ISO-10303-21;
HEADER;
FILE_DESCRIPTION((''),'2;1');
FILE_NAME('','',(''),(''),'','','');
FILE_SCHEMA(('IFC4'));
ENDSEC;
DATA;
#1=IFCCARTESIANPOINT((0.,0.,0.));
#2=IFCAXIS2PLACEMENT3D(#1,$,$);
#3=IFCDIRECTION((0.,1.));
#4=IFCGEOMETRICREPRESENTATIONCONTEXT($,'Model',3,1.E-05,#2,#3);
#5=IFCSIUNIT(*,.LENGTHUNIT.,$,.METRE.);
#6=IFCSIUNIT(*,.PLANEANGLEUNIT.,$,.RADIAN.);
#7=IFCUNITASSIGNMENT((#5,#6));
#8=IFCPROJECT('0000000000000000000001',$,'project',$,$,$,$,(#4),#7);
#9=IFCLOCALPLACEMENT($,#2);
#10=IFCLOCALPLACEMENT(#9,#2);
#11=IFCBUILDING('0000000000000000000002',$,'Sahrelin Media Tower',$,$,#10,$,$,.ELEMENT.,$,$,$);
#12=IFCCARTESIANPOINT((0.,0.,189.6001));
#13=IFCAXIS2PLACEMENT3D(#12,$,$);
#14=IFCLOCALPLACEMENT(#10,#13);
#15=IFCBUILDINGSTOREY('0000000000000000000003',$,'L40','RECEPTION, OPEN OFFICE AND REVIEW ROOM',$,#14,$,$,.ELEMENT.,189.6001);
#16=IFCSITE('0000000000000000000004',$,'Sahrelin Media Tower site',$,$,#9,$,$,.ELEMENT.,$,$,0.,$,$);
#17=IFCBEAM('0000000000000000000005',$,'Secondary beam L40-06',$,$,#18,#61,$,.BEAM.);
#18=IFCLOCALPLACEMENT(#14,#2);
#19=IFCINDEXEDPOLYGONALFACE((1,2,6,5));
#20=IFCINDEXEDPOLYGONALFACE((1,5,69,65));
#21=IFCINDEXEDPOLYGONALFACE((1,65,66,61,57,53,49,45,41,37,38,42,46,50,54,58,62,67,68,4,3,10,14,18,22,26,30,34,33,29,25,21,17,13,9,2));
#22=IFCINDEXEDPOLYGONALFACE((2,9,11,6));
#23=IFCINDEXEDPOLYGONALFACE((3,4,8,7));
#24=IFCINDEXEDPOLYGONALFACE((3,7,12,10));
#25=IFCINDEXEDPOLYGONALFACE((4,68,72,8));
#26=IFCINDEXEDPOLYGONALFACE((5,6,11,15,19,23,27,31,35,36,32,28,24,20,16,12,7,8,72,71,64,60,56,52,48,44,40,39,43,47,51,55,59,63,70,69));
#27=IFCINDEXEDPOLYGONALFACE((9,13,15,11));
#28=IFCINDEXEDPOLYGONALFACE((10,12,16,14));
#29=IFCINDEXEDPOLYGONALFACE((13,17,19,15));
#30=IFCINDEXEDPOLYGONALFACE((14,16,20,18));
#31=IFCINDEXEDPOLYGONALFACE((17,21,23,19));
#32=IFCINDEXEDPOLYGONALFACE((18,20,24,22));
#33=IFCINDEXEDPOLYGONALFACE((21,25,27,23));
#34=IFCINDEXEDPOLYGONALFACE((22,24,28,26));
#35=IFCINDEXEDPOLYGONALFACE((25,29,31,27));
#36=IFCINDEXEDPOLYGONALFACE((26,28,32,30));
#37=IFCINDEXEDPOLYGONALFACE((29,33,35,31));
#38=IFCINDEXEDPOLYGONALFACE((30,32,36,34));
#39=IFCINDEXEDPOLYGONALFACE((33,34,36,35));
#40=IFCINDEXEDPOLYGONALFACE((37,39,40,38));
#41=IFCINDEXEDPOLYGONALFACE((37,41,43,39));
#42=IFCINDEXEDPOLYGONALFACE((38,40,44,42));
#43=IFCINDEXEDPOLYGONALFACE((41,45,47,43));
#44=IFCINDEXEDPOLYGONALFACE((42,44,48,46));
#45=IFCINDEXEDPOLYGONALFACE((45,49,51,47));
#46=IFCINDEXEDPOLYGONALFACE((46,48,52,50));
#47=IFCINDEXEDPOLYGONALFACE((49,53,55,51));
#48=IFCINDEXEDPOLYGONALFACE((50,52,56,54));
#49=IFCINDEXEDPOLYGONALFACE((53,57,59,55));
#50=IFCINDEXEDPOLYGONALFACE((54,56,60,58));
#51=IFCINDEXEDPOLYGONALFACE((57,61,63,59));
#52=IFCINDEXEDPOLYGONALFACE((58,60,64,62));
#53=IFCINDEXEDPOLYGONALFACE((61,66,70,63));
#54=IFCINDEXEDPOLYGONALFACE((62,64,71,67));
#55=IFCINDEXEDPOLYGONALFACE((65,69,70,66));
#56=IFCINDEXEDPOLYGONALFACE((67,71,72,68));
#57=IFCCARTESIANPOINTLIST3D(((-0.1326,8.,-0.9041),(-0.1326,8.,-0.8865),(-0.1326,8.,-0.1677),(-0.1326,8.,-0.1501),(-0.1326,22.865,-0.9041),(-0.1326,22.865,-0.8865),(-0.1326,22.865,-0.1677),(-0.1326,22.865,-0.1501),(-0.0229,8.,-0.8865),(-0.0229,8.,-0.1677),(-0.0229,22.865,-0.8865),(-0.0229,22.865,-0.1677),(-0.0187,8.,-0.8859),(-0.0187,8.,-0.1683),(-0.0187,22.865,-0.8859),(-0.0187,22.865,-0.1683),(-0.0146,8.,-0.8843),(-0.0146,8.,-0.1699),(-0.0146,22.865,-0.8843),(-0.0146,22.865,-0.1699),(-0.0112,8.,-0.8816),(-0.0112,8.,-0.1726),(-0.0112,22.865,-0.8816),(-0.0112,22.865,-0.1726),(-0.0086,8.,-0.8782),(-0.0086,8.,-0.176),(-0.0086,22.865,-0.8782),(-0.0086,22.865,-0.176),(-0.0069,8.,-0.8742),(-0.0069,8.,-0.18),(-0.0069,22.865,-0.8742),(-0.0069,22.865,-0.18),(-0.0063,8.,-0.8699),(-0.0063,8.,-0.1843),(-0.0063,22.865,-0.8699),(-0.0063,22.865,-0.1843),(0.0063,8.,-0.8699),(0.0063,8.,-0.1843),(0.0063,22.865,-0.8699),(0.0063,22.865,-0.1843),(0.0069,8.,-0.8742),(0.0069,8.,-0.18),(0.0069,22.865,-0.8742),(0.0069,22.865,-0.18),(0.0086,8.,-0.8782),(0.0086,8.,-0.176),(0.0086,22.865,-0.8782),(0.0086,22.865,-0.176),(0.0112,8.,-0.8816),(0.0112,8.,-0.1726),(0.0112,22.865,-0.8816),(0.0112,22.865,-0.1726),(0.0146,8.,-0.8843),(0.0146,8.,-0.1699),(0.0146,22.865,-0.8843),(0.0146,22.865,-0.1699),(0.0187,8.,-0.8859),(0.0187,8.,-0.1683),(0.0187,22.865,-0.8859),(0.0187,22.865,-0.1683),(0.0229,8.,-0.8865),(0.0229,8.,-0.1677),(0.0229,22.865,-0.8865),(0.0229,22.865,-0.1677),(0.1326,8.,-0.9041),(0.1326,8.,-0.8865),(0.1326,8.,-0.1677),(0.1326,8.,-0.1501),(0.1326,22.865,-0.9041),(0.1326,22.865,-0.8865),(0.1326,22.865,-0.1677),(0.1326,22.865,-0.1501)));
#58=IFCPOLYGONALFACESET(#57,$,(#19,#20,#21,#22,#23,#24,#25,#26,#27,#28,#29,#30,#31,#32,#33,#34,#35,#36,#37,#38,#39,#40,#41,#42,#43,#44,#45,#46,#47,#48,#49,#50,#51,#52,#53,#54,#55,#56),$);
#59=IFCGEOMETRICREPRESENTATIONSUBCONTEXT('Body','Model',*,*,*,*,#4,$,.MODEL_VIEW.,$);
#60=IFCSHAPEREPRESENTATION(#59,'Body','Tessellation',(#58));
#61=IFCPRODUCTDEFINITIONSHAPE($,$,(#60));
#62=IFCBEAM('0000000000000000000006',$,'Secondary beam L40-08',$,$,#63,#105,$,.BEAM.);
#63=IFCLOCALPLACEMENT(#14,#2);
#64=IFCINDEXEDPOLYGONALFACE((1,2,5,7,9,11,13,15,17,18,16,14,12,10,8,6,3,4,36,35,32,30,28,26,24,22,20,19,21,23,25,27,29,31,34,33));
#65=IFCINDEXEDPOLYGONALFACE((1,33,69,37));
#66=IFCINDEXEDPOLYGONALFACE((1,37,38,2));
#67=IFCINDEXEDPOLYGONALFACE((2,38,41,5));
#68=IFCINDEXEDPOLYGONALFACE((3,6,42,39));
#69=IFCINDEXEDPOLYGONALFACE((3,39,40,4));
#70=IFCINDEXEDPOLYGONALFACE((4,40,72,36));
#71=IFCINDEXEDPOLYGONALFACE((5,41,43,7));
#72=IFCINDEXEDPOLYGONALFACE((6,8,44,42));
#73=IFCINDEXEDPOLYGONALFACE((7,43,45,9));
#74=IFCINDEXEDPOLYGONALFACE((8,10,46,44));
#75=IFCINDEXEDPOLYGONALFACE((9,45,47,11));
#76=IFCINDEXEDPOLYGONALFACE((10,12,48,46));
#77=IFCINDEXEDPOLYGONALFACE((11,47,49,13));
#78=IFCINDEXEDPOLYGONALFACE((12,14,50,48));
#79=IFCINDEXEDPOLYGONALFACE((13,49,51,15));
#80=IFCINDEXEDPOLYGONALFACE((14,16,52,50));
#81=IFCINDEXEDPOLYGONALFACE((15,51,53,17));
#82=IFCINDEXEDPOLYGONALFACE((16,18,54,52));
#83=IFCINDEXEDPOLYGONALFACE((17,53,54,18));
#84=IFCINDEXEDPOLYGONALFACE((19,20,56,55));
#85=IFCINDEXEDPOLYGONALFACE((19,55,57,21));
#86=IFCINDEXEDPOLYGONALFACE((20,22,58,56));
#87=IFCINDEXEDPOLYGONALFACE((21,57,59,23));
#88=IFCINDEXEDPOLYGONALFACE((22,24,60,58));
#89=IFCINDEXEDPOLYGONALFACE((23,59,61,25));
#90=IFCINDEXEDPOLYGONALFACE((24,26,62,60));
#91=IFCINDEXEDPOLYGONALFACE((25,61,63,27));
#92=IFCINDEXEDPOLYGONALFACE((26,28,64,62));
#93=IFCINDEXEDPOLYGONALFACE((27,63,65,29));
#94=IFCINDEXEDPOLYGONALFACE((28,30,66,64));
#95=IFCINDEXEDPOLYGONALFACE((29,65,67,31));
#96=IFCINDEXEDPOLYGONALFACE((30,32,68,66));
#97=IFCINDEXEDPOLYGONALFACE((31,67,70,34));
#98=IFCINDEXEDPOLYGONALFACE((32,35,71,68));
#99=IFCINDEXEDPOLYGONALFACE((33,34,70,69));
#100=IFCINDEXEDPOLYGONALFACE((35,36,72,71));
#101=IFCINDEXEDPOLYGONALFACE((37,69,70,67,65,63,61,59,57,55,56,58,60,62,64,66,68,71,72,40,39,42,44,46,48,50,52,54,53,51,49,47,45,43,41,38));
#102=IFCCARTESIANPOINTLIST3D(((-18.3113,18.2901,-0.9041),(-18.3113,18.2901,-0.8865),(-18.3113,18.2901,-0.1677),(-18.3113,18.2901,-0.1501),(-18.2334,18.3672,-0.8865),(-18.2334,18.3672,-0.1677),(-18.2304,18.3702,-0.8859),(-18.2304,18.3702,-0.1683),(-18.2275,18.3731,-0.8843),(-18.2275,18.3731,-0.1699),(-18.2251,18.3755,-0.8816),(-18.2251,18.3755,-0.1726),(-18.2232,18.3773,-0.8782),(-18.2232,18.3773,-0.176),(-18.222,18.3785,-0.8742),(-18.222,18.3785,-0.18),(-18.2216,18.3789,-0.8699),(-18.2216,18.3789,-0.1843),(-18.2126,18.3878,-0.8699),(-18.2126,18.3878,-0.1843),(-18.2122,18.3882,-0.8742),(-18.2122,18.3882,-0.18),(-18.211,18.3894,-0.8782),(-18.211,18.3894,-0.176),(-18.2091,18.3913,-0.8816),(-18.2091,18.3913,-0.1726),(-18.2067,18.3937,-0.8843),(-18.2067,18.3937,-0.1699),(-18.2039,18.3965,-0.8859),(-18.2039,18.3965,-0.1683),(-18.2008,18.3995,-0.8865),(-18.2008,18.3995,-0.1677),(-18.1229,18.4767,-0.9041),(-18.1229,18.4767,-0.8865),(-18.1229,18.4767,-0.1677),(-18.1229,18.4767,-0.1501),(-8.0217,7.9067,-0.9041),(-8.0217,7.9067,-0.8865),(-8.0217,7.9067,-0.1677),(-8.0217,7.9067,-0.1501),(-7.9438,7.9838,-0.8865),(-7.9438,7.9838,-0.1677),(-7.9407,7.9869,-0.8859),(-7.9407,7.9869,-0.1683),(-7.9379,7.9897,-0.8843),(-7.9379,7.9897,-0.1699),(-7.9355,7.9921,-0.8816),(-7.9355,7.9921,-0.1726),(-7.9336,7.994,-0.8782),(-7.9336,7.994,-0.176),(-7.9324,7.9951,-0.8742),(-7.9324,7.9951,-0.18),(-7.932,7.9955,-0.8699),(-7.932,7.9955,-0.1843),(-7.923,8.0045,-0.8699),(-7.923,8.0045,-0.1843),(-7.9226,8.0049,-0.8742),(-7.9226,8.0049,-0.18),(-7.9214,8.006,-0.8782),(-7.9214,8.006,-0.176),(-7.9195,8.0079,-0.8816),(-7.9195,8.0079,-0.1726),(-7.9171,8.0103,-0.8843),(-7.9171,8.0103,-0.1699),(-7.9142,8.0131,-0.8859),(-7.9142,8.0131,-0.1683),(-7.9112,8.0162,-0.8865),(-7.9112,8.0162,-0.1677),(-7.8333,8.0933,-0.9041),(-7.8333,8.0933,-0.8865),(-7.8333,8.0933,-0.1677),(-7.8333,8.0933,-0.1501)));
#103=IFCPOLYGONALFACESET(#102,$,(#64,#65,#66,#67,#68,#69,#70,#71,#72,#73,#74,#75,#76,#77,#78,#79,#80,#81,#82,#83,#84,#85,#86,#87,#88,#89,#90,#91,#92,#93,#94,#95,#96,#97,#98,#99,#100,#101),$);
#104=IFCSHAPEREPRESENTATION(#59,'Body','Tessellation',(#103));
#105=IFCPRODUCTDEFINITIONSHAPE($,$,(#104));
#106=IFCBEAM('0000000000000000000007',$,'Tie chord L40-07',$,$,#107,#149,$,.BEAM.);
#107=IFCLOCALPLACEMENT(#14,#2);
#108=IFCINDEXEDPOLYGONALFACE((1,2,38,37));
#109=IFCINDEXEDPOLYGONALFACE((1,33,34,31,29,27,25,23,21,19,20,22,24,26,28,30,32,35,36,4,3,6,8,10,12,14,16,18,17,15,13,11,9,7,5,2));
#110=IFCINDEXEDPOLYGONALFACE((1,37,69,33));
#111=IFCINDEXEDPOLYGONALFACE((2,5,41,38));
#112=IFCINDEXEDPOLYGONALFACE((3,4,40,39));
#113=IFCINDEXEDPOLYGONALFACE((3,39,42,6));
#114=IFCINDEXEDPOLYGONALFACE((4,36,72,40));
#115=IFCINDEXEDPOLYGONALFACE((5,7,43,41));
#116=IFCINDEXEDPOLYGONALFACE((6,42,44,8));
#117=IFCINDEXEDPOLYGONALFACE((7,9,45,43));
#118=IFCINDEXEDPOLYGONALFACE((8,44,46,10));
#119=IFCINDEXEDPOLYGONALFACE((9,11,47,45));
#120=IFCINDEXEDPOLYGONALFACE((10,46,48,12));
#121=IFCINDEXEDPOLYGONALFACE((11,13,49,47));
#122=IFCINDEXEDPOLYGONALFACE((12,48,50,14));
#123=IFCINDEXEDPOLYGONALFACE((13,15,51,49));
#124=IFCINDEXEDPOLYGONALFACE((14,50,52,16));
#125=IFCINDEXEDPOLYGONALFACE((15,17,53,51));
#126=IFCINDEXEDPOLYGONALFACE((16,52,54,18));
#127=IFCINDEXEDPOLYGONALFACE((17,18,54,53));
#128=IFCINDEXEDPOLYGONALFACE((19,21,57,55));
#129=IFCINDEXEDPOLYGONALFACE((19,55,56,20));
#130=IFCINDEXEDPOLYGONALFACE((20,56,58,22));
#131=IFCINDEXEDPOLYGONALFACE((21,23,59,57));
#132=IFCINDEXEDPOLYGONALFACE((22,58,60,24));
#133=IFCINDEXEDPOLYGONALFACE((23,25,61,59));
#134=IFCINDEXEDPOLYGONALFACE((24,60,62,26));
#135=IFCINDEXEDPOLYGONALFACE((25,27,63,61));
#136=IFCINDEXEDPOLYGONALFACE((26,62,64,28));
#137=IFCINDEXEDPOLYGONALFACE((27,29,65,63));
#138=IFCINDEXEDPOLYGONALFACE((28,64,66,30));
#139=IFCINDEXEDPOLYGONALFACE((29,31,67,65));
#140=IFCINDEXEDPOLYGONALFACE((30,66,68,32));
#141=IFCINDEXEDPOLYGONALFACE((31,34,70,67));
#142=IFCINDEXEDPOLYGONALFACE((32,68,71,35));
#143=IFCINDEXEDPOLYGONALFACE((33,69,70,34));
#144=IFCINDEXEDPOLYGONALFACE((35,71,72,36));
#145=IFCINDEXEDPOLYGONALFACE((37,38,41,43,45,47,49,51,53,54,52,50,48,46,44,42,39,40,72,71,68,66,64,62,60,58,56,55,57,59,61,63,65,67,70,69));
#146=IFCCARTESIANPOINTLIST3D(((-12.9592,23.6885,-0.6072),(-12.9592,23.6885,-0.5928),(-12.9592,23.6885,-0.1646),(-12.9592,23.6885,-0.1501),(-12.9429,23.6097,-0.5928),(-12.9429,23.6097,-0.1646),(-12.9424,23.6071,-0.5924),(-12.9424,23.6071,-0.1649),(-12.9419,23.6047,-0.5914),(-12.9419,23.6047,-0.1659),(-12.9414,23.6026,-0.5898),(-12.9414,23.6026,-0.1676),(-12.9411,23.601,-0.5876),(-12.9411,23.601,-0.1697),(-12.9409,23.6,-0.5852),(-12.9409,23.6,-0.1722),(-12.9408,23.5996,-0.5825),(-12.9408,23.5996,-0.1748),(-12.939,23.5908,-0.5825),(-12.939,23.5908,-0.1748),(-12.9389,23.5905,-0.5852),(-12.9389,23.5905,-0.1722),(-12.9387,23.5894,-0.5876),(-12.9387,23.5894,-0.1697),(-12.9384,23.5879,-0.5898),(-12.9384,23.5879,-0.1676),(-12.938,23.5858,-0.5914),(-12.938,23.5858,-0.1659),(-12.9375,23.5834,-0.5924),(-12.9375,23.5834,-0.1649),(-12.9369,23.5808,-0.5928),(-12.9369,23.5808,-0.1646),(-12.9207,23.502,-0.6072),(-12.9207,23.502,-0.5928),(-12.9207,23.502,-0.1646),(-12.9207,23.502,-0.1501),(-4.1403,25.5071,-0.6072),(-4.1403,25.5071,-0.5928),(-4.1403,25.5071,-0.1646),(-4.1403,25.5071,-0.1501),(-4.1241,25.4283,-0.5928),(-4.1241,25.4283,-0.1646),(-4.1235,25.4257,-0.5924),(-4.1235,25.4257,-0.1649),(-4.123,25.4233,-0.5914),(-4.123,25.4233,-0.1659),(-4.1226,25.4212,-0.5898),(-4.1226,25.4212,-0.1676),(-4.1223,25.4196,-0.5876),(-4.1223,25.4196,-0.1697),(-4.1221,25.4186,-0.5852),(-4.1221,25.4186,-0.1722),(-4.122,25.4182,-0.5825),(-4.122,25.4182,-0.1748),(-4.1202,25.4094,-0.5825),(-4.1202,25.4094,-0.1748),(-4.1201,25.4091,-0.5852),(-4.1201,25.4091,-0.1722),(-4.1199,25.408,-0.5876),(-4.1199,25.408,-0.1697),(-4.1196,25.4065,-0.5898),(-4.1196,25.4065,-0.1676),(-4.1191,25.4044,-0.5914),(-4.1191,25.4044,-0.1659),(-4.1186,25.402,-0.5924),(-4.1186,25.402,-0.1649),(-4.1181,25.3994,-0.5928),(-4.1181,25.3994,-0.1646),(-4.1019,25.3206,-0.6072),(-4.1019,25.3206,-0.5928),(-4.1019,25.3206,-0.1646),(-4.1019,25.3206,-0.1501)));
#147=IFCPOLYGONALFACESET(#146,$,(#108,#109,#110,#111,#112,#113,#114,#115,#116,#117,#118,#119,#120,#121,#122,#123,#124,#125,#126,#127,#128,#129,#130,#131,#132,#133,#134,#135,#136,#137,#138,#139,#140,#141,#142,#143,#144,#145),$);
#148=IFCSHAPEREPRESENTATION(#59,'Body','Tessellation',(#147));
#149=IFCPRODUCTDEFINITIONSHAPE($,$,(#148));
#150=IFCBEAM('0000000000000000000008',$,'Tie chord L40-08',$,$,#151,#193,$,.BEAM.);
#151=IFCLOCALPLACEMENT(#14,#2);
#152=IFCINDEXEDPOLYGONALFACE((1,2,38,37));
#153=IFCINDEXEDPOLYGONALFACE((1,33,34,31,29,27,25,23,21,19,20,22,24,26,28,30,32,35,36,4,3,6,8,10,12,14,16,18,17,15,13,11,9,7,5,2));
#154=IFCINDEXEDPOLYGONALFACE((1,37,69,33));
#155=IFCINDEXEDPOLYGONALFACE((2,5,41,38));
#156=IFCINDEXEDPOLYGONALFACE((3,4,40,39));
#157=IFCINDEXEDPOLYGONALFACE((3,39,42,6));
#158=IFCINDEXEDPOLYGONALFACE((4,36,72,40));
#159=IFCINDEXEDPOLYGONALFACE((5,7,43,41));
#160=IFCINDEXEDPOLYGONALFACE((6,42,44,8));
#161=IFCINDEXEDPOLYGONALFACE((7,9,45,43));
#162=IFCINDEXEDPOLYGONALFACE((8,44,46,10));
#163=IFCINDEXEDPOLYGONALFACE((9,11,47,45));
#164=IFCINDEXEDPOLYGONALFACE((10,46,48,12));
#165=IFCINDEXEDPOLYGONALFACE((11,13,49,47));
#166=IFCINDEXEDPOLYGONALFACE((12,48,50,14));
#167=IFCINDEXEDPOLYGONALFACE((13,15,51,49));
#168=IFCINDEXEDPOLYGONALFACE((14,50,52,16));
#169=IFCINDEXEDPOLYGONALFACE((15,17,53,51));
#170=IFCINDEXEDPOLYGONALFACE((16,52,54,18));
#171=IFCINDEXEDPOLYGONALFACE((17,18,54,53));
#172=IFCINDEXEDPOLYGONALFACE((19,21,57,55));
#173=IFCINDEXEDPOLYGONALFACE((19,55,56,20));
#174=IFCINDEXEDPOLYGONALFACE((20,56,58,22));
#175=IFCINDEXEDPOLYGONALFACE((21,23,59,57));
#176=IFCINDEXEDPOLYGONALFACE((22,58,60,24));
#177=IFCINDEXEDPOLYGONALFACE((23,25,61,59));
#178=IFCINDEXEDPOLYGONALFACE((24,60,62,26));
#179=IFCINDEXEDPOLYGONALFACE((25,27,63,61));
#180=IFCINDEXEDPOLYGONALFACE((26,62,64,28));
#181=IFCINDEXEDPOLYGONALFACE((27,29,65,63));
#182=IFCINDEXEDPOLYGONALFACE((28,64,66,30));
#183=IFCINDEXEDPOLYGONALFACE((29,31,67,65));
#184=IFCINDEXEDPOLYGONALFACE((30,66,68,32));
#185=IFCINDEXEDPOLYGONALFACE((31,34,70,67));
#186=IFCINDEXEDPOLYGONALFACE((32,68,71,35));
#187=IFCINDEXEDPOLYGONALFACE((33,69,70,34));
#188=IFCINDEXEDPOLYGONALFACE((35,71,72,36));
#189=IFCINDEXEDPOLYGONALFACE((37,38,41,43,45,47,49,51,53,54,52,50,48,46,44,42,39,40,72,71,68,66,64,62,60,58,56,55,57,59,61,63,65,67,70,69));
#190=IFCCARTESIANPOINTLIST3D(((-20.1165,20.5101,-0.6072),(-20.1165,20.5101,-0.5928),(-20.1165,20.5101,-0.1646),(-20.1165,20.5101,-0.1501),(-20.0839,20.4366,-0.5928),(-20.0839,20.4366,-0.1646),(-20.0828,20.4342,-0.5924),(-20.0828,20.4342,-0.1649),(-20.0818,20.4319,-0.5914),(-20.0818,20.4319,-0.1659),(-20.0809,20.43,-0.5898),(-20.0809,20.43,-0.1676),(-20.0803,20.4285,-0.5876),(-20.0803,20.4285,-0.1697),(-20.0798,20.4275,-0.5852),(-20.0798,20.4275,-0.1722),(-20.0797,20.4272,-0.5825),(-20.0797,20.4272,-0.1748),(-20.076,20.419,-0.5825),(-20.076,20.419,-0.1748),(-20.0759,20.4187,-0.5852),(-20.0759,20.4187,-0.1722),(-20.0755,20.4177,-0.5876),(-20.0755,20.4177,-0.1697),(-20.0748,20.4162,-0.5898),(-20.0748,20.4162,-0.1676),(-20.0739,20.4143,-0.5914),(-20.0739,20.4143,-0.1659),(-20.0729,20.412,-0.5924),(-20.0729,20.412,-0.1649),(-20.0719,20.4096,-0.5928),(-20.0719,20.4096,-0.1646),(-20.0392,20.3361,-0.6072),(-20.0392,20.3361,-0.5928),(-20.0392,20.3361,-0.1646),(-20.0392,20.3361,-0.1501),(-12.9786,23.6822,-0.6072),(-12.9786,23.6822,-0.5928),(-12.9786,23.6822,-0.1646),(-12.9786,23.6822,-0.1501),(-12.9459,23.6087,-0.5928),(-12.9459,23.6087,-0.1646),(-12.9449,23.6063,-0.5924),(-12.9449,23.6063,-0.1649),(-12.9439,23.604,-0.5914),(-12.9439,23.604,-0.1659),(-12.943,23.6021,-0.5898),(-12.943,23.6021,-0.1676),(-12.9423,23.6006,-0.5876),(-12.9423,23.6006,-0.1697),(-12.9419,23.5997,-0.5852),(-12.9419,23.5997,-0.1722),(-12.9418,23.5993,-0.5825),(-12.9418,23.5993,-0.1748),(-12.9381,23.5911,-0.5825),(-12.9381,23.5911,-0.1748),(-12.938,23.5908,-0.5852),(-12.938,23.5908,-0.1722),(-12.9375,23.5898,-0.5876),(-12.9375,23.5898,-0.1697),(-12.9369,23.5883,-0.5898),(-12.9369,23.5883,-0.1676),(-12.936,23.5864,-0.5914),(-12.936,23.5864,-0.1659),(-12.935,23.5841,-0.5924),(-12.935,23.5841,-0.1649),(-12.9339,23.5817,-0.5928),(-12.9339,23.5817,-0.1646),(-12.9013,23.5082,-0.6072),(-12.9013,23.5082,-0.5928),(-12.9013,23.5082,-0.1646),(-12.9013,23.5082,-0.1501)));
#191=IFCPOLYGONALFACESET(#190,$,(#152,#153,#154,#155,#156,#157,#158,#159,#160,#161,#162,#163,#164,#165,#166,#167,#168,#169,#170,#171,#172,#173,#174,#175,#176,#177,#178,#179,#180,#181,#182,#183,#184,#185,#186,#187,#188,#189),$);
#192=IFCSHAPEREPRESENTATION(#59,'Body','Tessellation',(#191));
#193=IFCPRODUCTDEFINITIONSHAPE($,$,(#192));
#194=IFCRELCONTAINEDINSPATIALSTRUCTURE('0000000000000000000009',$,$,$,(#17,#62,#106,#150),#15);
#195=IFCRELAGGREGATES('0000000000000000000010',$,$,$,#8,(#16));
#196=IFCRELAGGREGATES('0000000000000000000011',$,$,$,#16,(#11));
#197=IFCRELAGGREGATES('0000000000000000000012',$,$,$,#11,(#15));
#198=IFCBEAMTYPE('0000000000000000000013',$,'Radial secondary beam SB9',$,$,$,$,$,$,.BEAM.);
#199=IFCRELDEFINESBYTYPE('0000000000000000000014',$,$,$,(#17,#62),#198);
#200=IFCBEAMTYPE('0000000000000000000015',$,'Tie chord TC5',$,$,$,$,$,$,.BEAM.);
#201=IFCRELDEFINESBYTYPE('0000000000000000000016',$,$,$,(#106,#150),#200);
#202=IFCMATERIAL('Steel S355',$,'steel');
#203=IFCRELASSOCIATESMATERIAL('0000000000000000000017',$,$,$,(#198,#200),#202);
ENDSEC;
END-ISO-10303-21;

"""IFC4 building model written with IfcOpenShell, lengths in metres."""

from ifc_helpers import new_model, si_unit, direction, frame, origin, origin_2d, place, context, subcontext, project, spatial, i_section, extrude, material, material_profile, profile_set, type_object, element, save


model = new_model("IFC4")

# Units and contexts
model_context = context("Model", 3, precision=1e-05, world=origin(), true_north=direction((0.0, 1.0)))
body_context = subcontext(model_context, "Body", "Model", "MODEL_VIEW")
ifc_project = project(units=[si_unit("LENGTHUNIT", "METRE"), si_unit("PLANEANGLEUNIT", "RADIAN")], contexts=[model_context])

# Site, building, storey
site_placement = place(None, origin())
site = spatial("IfcSite", under=ifc_project, at=site_placement, Name="Sahrelin Media Tower site", CompositionType="ELEMENT", RefElevation=0.0)
building_placement = place(site_placement, origin())
building = spatial("IfcBuilding", under=site, at=building_placement, Name="Sahrelin Media Tower", CompositionType="ELEMENT")
storey_placement = place(building_placement, frame((0.0, 0.0, 189.6001)))
storey = spatial("IfcBuildingStorey", under=building, at=storey_placement, Name="L40", Description="RECEPTION, OPEN OFFICE AND REVIEW ROOM", CompositionType="ELEMENT", Elevation=189.6001)

# Shared definitions
ifc_material_1 = material(Name="Steel S355", Category="steel")

# Beams
ifc_material_profile_1 = material_profile(ifc_material_1, i_section(OverallWidth=0.2651, OverallDepth=0.7539, WebThickness=0.0127, FlangeThickness=0.0176, FilletRadius=0.0166, at=origin_2d()), Name="UB 762x267x147")
ifc_profile_set_1 = profile_set([ifc_material_profile_1], Name="Steel S355")
beam_type_1 = type_object("IfcBeamType", Name="Radial secondary beam SB9", PredefinedType="BEAM", material=ifc_profile_set_1)
beam_1_placement = place(storey_placement, frame((0.0, 8.0, -0.5271), z_axis=(0.0, 1.0, 0.0), x_axis=(-1.0, 0.0, 0.0)))
element("IfcBeam", 1, at=beam_1_placement, inside=storey, type_object=beam_type_1, Name="Secondary beam L40-06", PredefinedType="BEAM", context=body_context, shape_type="SweptSolid", body=[
    extrude(i_section(OverallWidth=0.2651, OverallDepth=0.7539, WebThickness=0.0127, FlangeThickness=0.0176, FilletRadius=0.0166, at=origin_2d()), origin(), (0.0, 0.0, 1.0), 14.865),
])
beam_2_placement = place(storey_placement, frame((-7.9275, 8.0, -0.5271), z_axis=(-0.703893, 0.710306, 0.0), x_axis=(-0.710306, -0.703893, 0.0)))
element("IfcBeam", 2, at=beam_2_placement, inside=storey, type_object=beam_type_1, Name="Secondary beam L40-08", PredefinedType="BEAM", context=body_context, shape_type="SweptSolid", body=[
    extrude(i_section(OverallWidth=0.2651, OverallDepth=0.7539, WebThickness=0.0127, FlangeThickness=0.0176, FilletRadius=0.0166, at=origin_2d()), origin(), (0.0, 0.0, 1.0), 14.6182),
])
ifc_material_profile_2 = material_profile(ifc_material_1, i_section(OverallWidth=0.1904, OverallDepth=0.457, WebThickness=0.009, FlangeThickness=0.0144, FilletRadius=0.0103, at=origin_2d()), Name="UB 457x191x74")
ifc_profile_set_2 = profile_set([ifc_material_profile_2], Name="Steel S355")
beam_type_2 = type_object("IfcBeamType", Name="Tie chord TC5", PredefinedType="BEAM", material=ifc_profile_set_2)
beam_3_placement = place(storey_placement, frame((-4.1211, 25.4138, -0.3787), z_axis=(-0.979392, -0.201968, 0.0), x_axis=(0.201968, -0.979392, 0.0)))
element("IfcBeam", 3, at=beam_3_placement, inside=storey, type_object=beam_type_2, Name="Tie chord L40-07", PredefinedType="BEAM", context=body_context, shape_type="SweptSolid", body=[
    extrude(i_section(OverallWidth=0.1904, OverallDepth=0.457, WebThickness=0.009, FlangeThickness=0.0144, FilletRadius=0.0103, at=origin_2d()), origin(), (0.0, 0.0, 1.0), 9.0044),
])
beam_4_placement = place(storey_placement, frame((-12.9399, 23.5952, -0.3787), z_axis=(-0.913826, -0.406107, 0.0), x_axis=(0.406107, -0.913826, 0.0)))
element("IfcBeam", 4, at=beam_4_placement, inside=storey, type_object=beam_type_2, Name="Tie chord L40-08", PredefinedType="BEAM", context=body_context, shape_type="SweptSolid", body=[
    extrude(i_section(OverallWidth=0.1904, OverallDepth=0.457, WebThickness=0.009, FlangeThickness=0.0144, FilletRadius=0.0103, at=origin_2d()), origin(), (0.0, 0.0, 1.0), 7.811),
])

save(model, "model.ifc")
